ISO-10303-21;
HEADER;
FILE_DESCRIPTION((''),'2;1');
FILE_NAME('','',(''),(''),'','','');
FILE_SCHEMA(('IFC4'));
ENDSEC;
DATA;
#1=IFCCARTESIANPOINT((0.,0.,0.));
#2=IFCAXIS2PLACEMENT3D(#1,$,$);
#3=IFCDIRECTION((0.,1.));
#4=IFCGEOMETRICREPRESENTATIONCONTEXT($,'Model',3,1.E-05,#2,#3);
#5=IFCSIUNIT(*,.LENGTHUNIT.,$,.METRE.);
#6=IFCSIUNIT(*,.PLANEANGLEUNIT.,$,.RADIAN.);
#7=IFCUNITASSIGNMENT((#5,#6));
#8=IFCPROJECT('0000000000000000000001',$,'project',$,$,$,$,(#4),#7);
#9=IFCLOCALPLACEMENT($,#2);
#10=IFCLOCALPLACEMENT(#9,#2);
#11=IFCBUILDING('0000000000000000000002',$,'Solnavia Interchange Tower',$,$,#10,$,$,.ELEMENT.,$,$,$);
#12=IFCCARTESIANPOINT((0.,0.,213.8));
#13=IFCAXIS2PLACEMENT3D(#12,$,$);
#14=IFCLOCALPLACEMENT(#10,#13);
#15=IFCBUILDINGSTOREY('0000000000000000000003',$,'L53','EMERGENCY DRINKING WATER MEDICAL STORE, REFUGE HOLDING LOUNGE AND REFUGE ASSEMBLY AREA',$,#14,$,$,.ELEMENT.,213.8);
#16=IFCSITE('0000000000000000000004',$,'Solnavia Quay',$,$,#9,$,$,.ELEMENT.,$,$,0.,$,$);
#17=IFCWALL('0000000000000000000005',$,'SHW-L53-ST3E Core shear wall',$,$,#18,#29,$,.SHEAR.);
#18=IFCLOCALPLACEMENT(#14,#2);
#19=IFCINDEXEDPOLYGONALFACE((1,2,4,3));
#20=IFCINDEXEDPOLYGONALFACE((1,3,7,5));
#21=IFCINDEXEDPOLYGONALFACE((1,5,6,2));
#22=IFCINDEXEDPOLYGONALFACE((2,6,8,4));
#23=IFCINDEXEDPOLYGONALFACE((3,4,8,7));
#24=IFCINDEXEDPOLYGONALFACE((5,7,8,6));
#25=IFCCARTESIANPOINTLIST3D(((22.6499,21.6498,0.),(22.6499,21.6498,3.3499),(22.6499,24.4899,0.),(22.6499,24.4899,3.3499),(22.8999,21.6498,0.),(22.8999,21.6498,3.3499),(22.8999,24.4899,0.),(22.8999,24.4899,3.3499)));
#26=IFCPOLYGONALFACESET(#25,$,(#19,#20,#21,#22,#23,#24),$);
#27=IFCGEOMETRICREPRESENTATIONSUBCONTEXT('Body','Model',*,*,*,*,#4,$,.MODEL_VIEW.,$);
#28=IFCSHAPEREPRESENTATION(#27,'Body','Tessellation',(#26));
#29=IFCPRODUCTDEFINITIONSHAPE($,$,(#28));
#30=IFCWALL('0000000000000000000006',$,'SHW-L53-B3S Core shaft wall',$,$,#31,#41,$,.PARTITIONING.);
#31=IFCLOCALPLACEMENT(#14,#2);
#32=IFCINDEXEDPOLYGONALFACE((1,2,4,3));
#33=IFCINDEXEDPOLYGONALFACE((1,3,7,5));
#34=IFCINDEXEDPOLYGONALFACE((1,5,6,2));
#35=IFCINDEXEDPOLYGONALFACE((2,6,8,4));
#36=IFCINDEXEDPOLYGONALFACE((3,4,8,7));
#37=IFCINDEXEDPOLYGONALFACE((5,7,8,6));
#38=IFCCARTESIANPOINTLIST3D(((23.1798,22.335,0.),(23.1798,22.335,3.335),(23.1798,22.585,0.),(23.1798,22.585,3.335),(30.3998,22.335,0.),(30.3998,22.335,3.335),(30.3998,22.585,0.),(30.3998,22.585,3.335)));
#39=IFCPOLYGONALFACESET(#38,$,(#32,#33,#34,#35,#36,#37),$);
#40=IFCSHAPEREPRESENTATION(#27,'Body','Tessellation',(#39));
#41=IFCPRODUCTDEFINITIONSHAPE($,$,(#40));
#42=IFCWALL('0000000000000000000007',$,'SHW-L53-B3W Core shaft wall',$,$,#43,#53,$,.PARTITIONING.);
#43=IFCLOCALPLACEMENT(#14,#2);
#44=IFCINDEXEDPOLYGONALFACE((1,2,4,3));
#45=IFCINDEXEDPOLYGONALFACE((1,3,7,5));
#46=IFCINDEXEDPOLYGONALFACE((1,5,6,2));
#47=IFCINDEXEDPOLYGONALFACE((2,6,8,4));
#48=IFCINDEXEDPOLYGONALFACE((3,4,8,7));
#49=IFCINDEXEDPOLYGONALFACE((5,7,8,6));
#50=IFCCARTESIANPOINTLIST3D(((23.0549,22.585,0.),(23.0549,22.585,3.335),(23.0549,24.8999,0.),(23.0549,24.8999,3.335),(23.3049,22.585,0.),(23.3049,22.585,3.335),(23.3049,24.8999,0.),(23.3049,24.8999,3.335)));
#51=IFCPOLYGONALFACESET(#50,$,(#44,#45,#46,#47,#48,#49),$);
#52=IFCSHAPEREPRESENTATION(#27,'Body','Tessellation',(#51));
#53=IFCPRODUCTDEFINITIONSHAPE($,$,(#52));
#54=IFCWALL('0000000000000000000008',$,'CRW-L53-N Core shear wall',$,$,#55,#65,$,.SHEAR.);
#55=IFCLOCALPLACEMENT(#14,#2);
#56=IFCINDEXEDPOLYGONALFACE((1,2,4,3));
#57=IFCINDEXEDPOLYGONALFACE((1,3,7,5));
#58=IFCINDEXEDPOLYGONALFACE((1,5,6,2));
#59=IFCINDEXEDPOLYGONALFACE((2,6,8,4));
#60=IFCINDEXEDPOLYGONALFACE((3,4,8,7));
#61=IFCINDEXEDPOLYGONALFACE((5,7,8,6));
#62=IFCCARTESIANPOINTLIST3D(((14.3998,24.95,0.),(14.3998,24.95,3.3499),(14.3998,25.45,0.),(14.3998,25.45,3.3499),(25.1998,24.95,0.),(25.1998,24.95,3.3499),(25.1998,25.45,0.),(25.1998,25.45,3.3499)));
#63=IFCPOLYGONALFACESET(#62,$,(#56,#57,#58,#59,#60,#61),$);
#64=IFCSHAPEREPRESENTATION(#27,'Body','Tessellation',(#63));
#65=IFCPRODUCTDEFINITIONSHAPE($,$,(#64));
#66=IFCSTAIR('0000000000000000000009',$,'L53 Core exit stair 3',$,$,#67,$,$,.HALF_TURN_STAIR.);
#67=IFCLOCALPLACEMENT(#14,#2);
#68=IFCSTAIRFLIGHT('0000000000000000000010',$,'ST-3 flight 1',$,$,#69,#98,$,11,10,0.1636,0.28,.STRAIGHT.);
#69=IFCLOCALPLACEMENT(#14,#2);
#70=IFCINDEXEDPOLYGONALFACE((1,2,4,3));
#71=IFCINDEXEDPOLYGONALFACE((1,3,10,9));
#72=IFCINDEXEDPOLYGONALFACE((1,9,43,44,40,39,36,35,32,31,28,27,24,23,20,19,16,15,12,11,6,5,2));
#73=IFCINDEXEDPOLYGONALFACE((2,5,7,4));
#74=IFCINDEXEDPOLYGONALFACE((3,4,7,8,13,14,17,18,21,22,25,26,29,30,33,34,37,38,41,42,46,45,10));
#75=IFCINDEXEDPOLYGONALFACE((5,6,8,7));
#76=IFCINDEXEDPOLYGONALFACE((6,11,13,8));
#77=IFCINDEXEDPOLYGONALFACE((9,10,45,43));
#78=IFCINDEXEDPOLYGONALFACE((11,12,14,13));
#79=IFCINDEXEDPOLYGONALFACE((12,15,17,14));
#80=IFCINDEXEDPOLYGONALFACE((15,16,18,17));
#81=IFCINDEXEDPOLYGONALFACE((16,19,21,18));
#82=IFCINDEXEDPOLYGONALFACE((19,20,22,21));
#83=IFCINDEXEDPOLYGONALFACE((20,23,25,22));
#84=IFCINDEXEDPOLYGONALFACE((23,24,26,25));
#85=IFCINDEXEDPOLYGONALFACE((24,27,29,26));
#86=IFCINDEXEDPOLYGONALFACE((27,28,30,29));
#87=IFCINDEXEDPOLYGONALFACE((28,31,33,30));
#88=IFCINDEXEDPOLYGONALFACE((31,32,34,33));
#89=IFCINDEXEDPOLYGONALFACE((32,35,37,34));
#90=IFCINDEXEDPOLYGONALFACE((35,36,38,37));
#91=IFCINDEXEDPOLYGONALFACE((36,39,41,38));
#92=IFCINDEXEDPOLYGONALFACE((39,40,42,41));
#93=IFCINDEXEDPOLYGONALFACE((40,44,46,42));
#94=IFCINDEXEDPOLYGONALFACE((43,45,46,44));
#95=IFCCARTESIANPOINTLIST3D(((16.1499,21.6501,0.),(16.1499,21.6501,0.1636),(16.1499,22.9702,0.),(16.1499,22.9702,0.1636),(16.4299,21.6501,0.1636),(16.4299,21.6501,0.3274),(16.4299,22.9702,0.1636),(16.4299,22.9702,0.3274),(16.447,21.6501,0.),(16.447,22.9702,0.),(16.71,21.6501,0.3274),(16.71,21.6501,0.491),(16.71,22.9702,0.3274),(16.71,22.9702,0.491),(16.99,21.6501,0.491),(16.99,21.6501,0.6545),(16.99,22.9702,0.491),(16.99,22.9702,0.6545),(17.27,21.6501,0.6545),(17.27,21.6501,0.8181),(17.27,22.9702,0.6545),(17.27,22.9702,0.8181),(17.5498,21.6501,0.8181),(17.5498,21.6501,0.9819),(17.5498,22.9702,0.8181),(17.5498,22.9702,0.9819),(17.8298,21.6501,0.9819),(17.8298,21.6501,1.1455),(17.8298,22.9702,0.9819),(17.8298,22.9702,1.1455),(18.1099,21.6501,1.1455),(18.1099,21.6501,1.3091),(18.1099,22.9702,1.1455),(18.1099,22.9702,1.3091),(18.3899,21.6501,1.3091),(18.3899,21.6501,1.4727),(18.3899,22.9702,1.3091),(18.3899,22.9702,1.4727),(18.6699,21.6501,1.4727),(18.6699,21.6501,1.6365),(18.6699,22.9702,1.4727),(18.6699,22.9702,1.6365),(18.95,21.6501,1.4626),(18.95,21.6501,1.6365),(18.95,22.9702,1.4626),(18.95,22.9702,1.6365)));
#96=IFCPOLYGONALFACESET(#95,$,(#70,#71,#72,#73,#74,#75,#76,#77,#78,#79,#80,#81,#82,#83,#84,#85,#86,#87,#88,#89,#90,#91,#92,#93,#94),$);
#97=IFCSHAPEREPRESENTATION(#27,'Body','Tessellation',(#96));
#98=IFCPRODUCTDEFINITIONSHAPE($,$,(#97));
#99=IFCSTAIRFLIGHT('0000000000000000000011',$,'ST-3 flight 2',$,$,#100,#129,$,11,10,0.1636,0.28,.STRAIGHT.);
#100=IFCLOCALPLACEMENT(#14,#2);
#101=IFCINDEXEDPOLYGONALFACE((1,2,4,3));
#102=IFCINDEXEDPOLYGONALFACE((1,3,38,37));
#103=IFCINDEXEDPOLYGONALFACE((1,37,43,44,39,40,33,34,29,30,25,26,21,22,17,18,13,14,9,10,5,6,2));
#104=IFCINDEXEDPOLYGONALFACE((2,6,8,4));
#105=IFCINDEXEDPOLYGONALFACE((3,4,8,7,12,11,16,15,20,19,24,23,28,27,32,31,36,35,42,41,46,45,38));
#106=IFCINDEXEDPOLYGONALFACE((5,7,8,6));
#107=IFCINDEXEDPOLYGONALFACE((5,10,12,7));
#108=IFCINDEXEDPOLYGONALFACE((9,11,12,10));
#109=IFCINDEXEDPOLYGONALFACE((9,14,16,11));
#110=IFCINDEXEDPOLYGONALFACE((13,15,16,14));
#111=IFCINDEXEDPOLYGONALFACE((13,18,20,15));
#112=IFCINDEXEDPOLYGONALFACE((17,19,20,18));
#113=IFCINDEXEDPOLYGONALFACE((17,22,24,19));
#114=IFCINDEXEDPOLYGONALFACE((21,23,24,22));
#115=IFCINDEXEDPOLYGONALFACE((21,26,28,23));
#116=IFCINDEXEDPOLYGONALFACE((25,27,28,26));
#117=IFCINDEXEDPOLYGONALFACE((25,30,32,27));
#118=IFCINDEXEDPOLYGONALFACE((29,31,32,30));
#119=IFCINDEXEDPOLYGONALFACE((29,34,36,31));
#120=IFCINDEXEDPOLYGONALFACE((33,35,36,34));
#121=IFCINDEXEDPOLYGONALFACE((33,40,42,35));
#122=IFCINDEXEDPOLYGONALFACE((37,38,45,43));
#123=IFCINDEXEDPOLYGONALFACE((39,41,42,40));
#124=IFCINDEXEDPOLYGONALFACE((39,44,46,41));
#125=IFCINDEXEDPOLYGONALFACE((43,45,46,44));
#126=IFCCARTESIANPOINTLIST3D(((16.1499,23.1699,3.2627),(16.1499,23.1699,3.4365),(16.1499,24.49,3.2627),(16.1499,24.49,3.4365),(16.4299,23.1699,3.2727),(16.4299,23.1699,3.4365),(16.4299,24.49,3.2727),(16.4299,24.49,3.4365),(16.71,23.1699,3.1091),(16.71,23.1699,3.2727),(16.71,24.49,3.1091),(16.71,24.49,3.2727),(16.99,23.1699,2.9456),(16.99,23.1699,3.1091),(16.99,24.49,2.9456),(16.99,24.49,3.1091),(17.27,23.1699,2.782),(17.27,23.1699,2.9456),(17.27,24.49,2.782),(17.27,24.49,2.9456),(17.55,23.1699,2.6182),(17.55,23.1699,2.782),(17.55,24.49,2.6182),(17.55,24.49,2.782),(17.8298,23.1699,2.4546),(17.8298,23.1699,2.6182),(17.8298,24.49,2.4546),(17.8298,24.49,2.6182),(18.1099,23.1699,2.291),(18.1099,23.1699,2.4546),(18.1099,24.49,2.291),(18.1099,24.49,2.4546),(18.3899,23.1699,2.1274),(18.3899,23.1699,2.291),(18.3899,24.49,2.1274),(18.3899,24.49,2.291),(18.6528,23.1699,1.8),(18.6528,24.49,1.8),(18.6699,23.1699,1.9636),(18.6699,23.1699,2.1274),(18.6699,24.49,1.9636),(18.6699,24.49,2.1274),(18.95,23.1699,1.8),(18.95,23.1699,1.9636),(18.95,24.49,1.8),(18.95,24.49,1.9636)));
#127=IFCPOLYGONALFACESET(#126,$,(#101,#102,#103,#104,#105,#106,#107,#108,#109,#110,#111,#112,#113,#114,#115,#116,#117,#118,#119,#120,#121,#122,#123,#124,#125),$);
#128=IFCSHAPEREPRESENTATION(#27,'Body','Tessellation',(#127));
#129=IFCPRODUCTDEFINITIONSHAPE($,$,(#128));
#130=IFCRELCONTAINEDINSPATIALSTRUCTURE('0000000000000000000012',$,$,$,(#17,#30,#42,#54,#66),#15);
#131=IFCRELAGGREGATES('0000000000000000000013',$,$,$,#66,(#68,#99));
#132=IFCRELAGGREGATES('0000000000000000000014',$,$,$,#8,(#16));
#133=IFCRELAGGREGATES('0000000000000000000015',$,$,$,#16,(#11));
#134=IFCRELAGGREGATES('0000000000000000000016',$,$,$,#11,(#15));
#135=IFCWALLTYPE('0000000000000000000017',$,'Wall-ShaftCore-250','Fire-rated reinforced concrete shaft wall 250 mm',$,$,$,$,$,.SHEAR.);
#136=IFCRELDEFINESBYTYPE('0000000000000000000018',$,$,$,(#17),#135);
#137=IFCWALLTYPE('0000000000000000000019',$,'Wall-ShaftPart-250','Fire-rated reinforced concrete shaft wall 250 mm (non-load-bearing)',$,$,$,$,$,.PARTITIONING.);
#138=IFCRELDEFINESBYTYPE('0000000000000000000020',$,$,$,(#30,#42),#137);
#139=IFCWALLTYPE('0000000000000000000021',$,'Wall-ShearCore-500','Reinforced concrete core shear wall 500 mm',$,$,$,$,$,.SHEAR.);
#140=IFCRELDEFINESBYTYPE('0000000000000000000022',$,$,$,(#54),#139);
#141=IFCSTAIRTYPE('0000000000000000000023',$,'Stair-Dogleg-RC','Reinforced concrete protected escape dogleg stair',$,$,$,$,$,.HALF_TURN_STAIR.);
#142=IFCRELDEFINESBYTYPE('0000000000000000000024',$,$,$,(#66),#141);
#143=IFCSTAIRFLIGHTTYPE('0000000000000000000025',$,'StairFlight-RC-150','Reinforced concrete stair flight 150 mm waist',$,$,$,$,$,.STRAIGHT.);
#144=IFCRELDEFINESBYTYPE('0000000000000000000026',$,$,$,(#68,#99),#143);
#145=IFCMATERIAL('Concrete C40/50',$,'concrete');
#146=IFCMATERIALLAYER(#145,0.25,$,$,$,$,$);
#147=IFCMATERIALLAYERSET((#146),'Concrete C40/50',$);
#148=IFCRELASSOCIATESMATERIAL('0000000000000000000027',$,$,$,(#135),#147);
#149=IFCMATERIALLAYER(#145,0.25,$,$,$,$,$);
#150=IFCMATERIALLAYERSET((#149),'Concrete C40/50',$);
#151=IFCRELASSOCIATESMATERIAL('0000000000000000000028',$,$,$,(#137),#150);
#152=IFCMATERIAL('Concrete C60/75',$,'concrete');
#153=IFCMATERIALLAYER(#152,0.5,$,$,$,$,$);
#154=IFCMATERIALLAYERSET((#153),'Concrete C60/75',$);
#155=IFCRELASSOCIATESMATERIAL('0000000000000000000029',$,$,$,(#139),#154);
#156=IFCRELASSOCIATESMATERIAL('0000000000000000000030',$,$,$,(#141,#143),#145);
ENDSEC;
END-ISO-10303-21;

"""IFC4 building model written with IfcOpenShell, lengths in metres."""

from ifc_helpers import new_model, si_unit, direction, frame, frame_2d, origin, place, context, subcontext, project, spatial, polyline, rectangle, outline, extrude, material, layer, layer_set, type_object, element, aggregate, save


model = new_model("IFC4")

# Units and contexts
model_context = context("Model", 3, precision=1e-05, world=origin(), true_north=direction((0.0, 1.0)))
body_context = subcontext(model_context, "Body", "Model", "MODEL_VIEW")
ifc_project = project(units=[si_unit("LENGTHUNIT", "METRE"), si_unit("PLANEANGLEUNIT", "RADIAN")], contexts=[model_context])

# Site, building, storey
site_placement = place(None, origin())
site = spatial("IfcSite", under=ifc_project, at=site_placement, Name="Solnavia Quay", CompositionType="ELEMENT", RefElevation=0.0)
building_placement = place(site_placement, origin())
building = spatial("IfcBuilding", under=site, at=building_placement, Name="Solnavia Interchange Tower", CompositionType="ELEMENT")
storey_placement = place(building_placement, frame((0.0, 0.0, 213.8)))
storey = spatial("IfcBuildingStorey", under=building, at=storey_placement, Name="L53", Description="EMERGENCY DRINKING WATER MEDICAL STORE, REFUGE HOLDING LOUNGE AND REFUGE ASSEMBLY AREA", CompositionType="ELEMENT", Elevation=213.8)

# Shared definitions
ifc_material_1 = material(Name="Concrete C40/50", Category="concrete")

# Walls
ifc_layer_1 = layer(ifc_material_1, 0.25)
ifc_layer_set_1 = layer_set([ifc_layer_1], Name="Concrete C40/50")
wall_type_1 = type_object("IfcWallType", Name="Wall-ShaftCore-250", Description="Fire-rated reinforced concrete shaft wall 250 mm", PredefinedType="SHEAR", material=ifc_layer_set_1)
wall_1_placement = place(storey_placement, frame((22.7749, 21.6499, 0.0), z_axis=(0.0, 0.0, 1.0), x_axis=(0.0, 1.0, 0.0)))
element("IfcWall", 1, at=wall_1_placement, inside=storey, type_object=wall_type_1, Name="SHW-L53-ST3E Core shear wall", PredefinedType="SHEAR", context=body_context, shape_type="SweptSolid", body=[
    extrude(rectangle(XDim=2.8401, YDim=0.25, at=frame_2d((1.4199, 0.0))), origin(), (0.0, 0.0, 1.0), 3.3499),
])
ifc_layer_2 = layer(ifc_material_1, 0.25)
ifc_layer_set_2 = layer_set([ifc_layer_2], Name="Concrete C40/50")
wall_type_2 = type_object("IfcWallType", Name="Wall-ShaftPart-250", Description="Fire-rated reinforced concrete shaft wall 250 mm (non-load-bearing)", PredefinedType="PARTITIONING", material=ifc_layer_set_2)
wall_2_placement = place(storey_placement, frame((23.1799, 22.46, 0.0), z_axis=(0.0, 0.0, 1.0), x_axis=(1.0, 0.0, 0.0)))
element("IfcWall", 2, at=wall_2_placement, inside=storey, type_object=wall_type_2, Name="SHW-L53-B3S Core shaft wall", PredefinedType="PARTITIONING", context=body_context, shape_type="SweptSolid", body=[
    extrude(rectangle(XDim=7.22, YDim=0.25, at=frame_2d((3.6099, 0.0))), origin(), (0.0, 0.0, 1.0), 3.335),
])
wall_3_placement = place(storey_placement, frame((23.1799, 22.585, 0.0), z_axis=(0.0, 0.0, 1.0), x_axis=(0.0, 1.0, 0.0)))
element("IfcWall", 3, at=wall_3_placement, inside=storey, type_object=wall_type_2, Name="SHW-L53-B3W Core shaft wall", PredefinedType="PARTITIONING", context=body_context, shape_type="SweptSolid", body=[
    extrude(rectangle(XDim=2.3149, YDim=0.25, at=frame_2d((1.1575, 0.0))), origin(), (0.0, 0.0, 1.0), 3.335),
])
ifc_material_2 = material(Name="Concrete C60/75", Category="concrete")
ifc_layer_3 = layer(ifc_material_2, 0.5)
ifc_layer_set_3 = layer_set([ifc_layer_3], Name="Concrete C60/75")
wall_type_3 = type_object("IfcWallType", Name="Wall-ShearCore-500", Description="Reinforced concrete core shear wall 500 mm", PredefinedType="SHEAR", material=ifc_layer_set_3)
wall_4_placement = place(storey_placement, frame((14.3999, 25.2, 0.0), z_axis=(0.0, 0.0, 1.0), x_axis=(1.0, 0.0, 0.0)))
element("IfcWall", 4, at=wall_4_placement, inside=storey, type_object=wall_type_3, Name="CRW-L53-N Core shear wall", PredefinedType="SHEAR", context=body_context, shape_type="SweptSolid", body=[
    extrude(rectangle(XDim=10.8, YDim=0.5, at=frame_2d((5.3999, 0.0))), origin(), (0.0, 0.0, 1.0), 3.3499),
])

# Stair, stair flights
stair_type = type_object("IfcStairType", Name="Stair-Dogleg-RC", Description="Reinforced concrete protected escape dogleg stair", PredefinedType="HALF_TURN_STAIR", material=ifc_material_1)
stair_placement = place(storey_placement, origin())
stair = element("IfcStair", 5, at=stair_placement, inside=storey, type_object=stair_type, Name="L53 Core exit stair 3", PredefinedType="HALF_TURN_STAIR")
stair_flight_type = type_object("IfcStairFlightType", Name="StairFlight-RC-150", Description="Reinforced concrete stair flight 150 mm waist", PredefinedType="STRAIGHT", material=ifc_material_1)
stair_flight_1_placement = place(storey_placement, frame((16.1499, 22.3101, 0.0), z_axis=(0.0, 0.0, 1.0), x_axis=(1.0, 0.0, 0.0)))
stair_flight_1 = element("IfcStairFlight", 6, at=stair_flight_1_placement, type_object=stair_flight_type, Name="ST-3 flight 1", NumberOfRisers=11, NumberOfTreads=10, PredefinedType="STRAIGHT", RiserHeight=0.1636, TreadLength=0.28, context=body_context, shape_type="SweptSolid", body=[
    extrude(outline(polyline([(0.0, 0.0), (0.0, 0.1636), (0.28, 0.1636), (0.28, 0.3274), (0.5601, 0.3274), (0.5601, 0.491), (0.8401, 0.491), (0.8401, 0.6545), (1.1201, 0.6545), (1.1201, 0.8181), (1.3999, 0.8181), (1.3999, 0.9819), (1.6799, 0.9819), (1.6799, 1.1455), (1.96, 1.1455), (1.96, 1.3091), (2.24, 1.3091), (2.24, 1.4727), (2.52, 1.4727), (2.52, 1.6365), (2.8, 1.6365), (2.8, 1.8), (2.8, 1.4626), (0.2971, 0.0), (0.0, 0.0)])), frame((0.0, 0.6602, 0.0), z_axis=(0.0, -1.0, 0.0), x_axis=(1.0, 0.0, 0.0)), (0.0, 0.0, 1.0), 1.3201),
])
stair_flight_2_placement = place(storey_placement, frame((18.95, 23.8301, 1.8), z_axis=(0.0, 0.0, 1.0), x_axis=(-1.0, 0.0, 0.0)))
stair_flight_2 = element("IfcStairFlight", 7, at=stair_flight_2_placement, type_object=stair_flight_type, Name="ST-3 flight 2", NumberOfRisers=11, NumberOfTreads=10, PredefinedType="STRAIGHT", RiserHeight=0.1636, TreadLength=0.28, context=body_context, shape_type="SweptSolid", body=[
    extrude(outline(polyline([(0.0, 0.0), (0.0, 0.1636), (0.28, 0.1636), (0.28, 0.3274), (0.5601, 0.3274), (0.5601, 0.491), (0.8401, 0.491), (0.8401, 0.6545), (1.1201, 0.6545), (1.1201, 0.8181), (1.3999, 0.8181), (1.3999, 0.9819), (1.6799, 0.9819), (1.6799, 1.1455), (1.96, 1.1455), (1.96, 1.3091), (2.24, 1.3091), (2.24, 1.4727), (2.52, 1.4727), (2.52, 1.6365), (2.8, 1.6365), (2.8, 1.8), (2.8, 1.4626), (0.2971, 0.0), (0.0, 0.0)])), frame((0.0, 0.6602, 0.0), z_axis=(0.0, -1.0, 0.0), x_axis=(1.0, 0.0, 0.0)), (0.0, 0.0, 1.0), 1.3201),
])
aggregate(stair, [stair_flight_1, stair_flight_2])

save(model, "model.ifc")
